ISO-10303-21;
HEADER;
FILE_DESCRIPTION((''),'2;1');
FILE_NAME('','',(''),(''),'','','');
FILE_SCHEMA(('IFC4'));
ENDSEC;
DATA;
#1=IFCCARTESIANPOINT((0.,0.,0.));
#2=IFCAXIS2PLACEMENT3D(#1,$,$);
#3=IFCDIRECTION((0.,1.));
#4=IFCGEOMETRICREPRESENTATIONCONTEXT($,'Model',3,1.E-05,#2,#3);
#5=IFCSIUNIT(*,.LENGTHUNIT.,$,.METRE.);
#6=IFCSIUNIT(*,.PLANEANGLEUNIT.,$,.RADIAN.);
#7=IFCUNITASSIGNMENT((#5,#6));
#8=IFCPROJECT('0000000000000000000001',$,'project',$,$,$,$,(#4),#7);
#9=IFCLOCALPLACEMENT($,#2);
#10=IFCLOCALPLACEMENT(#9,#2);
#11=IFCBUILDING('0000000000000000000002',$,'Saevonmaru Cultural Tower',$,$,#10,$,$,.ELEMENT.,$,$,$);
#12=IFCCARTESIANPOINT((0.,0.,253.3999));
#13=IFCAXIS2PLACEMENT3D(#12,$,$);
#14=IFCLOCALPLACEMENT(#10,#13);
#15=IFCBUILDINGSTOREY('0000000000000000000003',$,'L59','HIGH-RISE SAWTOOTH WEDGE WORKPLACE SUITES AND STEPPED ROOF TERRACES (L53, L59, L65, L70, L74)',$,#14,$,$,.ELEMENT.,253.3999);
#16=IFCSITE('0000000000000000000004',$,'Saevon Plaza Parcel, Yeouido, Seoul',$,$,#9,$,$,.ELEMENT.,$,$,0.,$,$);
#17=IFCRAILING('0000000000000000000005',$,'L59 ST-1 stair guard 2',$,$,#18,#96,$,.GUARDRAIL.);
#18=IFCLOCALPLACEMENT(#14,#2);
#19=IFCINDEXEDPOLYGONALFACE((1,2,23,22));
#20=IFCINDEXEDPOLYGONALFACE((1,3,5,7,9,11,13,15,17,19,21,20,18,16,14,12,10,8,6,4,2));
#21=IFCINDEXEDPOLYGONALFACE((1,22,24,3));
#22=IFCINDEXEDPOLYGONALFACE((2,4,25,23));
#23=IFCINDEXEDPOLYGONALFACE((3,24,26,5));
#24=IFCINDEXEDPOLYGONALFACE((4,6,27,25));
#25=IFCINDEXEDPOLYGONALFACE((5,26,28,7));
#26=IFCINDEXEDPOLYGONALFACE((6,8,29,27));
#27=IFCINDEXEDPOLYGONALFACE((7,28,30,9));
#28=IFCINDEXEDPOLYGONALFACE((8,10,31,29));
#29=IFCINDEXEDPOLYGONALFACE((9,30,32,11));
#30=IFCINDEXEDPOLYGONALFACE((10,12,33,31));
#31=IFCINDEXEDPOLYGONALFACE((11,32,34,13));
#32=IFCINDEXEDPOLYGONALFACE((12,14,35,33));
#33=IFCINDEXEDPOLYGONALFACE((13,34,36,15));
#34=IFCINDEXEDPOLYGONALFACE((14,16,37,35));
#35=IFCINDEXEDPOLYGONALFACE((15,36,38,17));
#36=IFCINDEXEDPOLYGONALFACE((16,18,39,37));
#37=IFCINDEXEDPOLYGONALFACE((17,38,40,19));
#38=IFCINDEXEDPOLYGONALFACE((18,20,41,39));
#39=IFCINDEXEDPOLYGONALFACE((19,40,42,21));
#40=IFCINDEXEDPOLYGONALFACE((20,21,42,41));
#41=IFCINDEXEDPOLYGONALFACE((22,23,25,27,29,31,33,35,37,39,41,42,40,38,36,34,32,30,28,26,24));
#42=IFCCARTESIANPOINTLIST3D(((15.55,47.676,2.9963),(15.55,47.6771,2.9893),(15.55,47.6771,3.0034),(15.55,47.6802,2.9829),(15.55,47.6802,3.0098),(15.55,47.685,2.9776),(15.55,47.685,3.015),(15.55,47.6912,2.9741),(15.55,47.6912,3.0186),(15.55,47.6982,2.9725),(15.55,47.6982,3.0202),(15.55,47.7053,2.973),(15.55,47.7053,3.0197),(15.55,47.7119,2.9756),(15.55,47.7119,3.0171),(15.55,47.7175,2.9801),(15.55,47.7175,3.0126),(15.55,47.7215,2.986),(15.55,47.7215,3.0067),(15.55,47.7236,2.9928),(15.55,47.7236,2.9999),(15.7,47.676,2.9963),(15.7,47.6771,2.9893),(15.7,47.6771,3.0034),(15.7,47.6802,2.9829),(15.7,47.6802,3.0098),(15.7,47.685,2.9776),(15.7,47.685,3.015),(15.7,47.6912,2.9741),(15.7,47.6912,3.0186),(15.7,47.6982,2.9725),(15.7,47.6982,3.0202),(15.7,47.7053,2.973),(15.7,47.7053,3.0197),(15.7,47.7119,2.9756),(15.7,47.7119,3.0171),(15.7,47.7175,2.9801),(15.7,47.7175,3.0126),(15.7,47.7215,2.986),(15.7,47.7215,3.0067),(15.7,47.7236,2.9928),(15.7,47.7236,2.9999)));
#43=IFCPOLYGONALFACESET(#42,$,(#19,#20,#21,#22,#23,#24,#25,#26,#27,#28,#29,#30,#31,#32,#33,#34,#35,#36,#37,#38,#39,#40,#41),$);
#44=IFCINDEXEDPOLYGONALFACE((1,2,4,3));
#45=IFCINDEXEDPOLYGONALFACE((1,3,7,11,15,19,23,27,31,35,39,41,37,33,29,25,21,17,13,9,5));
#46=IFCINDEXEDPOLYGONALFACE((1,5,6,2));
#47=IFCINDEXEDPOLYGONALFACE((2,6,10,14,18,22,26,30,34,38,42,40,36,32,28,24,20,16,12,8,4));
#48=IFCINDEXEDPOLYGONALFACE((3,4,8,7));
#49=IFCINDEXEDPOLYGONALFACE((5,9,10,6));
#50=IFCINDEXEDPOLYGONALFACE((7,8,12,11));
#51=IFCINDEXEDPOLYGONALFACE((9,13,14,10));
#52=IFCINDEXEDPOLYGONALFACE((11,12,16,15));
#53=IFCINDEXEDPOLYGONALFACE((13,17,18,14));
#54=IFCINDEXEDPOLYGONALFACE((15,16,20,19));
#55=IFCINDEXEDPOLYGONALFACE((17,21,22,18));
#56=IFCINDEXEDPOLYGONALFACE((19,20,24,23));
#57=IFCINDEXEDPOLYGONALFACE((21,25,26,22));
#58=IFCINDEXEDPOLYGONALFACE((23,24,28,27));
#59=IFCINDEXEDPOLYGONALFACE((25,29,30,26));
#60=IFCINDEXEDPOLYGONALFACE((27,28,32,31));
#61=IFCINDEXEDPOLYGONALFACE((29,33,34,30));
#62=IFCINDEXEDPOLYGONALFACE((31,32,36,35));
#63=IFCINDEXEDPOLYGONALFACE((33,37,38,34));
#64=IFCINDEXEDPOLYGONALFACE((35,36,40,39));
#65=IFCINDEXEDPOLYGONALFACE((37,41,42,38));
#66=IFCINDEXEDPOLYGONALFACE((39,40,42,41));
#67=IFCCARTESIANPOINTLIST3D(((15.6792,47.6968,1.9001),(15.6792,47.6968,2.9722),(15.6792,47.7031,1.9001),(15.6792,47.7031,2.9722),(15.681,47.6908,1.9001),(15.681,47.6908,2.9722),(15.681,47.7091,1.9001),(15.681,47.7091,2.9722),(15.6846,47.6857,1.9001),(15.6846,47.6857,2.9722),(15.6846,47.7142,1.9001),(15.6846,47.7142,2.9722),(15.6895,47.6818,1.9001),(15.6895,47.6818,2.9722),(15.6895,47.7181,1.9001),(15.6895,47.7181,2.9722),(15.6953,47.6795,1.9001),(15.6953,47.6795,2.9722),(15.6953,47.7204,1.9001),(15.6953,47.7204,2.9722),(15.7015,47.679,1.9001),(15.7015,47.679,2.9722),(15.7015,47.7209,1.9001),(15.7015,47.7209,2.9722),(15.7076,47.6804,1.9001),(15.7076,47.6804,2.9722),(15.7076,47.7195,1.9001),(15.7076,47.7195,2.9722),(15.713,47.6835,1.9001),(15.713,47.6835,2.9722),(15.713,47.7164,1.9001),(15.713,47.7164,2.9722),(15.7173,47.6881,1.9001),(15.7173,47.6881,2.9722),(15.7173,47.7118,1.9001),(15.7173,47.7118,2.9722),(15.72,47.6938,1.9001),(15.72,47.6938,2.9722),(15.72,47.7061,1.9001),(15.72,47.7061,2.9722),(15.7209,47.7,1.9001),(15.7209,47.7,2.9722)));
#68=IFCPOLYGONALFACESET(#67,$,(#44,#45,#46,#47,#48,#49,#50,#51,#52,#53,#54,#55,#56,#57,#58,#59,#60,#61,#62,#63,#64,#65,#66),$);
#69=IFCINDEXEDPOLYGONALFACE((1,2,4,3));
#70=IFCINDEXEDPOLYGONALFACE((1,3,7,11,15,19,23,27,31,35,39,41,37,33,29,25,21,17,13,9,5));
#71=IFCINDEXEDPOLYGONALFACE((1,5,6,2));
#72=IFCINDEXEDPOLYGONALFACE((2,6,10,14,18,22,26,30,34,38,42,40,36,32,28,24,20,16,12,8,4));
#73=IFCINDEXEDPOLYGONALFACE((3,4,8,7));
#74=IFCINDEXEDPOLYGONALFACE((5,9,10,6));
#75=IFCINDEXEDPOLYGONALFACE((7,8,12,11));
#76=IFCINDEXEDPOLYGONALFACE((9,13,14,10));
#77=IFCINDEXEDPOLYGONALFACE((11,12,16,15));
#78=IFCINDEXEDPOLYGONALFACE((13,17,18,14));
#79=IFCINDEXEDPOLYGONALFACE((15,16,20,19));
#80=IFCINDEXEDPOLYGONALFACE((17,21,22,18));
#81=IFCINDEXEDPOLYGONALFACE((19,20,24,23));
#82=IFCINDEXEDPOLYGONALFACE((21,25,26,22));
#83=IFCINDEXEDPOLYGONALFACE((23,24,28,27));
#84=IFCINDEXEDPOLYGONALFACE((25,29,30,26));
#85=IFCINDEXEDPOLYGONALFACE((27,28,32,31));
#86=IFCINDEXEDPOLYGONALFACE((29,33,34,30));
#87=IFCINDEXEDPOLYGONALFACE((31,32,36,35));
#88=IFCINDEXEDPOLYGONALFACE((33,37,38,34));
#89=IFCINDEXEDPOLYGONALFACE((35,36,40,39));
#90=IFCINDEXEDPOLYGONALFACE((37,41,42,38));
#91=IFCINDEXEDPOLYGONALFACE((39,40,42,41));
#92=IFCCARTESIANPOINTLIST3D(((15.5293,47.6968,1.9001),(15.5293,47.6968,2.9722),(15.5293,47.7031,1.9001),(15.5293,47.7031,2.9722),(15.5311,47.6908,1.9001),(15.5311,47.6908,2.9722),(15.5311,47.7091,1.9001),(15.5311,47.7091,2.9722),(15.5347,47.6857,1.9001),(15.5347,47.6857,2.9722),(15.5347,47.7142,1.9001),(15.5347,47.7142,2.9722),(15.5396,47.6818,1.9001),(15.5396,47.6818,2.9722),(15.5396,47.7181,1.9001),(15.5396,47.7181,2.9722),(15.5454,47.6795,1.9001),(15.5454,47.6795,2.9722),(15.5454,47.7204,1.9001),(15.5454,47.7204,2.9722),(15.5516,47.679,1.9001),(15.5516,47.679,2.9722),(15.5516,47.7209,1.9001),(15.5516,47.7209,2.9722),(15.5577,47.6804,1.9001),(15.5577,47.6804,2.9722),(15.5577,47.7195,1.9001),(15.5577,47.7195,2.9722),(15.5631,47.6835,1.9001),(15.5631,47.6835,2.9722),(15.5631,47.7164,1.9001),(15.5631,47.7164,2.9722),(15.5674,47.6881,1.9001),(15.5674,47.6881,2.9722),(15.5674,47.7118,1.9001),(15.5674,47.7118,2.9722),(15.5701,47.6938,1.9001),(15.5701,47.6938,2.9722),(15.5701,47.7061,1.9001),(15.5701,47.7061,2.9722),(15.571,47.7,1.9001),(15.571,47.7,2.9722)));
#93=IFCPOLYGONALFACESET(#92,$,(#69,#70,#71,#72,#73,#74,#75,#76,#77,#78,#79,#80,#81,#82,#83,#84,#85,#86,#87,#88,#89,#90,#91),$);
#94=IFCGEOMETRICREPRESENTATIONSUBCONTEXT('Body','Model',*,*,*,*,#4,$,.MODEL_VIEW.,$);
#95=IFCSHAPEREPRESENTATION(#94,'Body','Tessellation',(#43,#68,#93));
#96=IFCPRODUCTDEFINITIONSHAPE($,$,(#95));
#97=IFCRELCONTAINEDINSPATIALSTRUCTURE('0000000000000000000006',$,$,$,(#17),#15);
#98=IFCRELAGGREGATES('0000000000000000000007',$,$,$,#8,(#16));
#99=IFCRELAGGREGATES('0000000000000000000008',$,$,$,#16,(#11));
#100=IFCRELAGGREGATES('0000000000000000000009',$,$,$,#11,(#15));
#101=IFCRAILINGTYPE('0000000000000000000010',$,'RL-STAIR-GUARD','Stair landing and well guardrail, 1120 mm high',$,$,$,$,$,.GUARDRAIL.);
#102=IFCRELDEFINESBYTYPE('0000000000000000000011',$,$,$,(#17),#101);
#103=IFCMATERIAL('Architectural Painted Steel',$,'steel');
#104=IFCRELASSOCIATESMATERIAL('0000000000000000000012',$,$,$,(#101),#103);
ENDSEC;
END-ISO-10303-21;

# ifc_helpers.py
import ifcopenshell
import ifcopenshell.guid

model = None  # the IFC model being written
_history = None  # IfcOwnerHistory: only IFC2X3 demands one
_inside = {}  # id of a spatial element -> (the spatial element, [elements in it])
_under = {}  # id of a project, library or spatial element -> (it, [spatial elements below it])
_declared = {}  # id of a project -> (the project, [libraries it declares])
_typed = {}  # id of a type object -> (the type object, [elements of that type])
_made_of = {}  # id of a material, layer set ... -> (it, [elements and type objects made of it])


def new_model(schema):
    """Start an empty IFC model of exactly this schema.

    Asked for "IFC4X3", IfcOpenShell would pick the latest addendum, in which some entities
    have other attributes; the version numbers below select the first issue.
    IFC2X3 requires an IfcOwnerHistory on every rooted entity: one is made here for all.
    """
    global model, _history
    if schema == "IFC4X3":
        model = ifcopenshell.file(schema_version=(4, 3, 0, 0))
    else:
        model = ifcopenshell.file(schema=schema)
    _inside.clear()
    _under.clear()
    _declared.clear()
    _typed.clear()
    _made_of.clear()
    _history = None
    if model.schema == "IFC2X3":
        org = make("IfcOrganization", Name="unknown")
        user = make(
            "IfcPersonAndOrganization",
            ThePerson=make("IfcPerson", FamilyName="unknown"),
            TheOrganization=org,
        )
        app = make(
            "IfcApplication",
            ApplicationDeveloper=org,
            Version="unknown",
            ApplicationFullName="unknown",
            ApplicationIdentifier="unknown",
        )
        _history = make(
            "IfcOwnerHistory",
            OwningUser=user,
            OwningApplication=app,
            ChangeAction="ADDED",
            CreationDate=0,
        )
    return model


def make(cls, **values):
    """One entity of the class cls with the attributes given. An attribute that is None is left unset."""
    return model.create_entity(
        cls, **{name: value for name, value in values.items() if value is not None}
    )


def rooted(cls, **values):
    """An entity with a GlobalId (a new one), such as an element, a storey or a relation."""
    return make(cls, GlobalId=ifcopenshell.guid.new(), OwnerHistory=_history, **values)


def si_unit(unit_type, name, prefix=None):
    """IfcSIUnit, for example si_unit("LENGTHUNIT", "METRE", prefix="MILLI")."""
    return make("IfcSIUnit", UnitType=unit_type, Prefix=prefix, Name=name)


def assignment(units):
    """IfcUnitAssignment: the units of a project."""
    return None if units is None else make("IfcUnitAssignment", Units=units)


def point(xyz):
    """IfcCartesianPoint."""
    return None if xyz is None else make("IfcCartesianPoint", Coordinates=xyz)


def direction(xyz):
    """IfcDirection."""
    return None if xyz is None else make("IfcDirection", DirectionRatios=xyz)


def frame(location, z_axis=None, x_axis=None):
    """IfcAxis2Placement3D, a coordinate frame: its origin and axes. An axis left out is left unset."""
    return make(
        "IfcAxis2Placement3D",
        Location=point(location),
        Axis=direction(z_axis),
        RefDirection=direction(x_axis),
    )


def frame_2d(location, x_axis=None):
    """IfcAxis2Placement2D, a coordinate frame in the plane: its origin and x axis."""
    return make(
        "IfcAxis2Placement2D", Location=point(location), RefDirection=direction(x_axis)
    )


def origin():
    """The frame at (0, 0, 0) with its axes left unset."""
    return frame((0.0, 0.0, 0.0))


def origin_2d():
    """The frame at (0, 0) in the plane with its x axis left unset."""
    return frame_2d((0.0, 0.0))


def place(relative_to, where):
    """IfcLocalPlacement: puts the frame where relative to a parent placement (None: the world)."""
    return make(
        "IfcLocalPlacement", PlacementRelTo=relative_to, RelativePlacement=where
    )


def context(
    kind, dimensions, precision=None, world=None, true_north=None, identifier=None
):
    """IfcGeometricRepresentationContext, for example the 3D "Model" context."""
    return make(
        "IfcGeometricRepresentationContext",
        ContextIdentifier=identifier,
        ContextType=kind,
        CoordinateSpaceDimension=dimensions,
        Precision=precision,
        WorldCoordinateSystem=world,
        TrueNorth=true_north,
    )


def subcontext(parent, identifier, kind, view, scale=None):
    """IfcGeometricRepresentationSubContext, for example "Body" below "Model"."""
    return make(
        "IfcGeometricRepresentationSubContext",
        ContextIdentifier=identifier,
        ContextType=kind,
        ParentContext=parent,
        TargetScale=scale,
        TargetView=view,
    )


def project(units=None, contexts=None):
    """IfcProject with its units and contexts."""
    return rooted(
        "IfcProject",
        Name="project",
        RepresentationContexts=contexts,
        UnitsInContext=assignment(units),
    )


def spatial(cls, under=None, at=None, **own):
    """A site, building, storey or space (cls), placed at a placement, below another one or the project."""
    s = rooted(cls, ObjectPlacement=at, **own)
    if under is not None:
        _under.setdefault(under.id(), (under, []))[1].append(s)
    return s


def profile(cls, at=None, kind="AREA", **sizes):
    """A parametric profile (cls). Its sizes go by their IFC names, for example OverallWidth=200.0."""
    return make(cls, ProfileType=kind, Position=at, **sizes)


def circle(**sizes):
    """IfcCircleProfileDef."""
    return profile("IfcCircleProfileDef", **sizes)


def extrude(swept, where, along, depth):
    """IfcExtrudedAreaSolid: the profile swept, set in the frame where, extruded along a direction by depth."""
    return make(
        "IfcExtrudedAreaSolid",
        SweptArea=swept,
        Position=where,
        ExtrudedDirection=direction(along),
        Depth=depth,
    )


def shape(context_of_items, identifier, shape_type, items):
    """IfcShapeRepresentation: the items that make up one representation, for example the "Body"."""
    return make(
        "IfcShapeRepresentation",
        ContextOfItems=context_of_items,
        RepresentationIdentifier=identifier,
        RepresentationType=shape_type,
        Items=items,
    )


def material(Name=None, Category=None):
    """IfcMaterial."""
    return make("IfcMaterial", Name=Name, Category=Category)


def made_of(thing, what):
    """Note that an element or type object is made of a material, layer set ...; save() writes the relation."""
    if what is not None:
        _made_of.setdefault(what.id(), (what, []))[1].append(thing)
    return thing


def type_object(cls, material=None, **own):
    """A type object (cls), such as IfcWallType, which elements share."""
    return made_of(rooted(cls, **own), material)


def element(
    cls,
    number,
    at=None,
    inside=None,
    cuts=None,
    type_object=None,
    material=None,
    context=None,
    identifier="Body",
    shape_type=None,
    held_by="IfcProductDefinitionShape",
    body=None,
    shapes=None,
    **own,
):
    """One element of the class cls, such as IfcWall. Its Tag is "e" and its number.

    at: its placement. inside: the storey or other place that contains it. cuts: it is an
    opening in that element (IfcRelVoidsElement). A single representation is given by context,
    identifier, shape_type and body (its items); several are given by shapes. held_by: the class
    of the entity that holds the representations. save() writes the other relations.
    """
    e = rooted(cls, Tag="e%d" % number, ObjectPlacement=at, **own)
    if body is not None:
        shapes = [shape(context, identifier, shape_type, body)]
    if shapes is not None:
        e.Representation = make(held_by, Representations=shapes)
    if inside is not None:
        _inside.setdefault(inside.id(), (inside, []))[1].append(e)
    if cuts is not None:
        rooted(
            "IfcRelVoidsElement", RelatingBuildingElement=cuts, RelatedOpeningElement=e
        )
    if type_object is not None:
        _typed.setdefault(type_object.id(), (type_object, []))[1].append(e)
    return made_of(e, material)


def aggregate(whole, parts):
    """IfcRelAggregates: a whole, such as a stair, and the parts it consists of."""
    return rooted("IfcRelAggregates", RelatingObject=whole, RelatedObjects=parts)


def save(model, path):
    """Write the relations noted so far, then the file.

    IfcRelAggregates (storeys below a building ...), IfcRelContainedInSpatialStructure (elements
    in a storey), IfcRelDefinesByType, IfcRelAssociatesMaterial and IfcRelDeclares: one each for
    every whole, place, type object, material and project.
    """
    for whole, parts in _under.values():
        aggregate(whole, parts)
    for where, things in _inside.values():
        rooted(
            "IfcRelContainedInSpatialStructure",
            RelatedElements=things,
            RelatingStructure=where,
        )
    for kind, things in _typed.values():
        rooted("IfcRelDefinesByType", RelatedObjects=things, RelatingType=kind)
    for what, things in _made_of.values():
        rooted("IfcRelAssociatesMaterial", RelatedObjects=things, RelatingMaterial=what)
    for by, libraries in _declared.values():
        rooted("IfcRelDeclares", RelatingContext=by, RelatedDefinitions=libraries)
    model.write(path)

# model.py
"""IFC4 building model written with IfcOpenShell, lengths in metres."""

from ifc_helpers import new_model, si_unit, direction, frame, origin, origin_2d, place, context, subcontext, project, spatial, circle, extrude, material, type_object, element, save


model = new_model("IFC4")

# Units and contexts
model_context = context("Model", 3, precision=1e-05, world=origin(), true_north=direction((0.0, 1.0)))
body_context = subcontext(model_context, "Body", "Model", "MODEL_VIEW")
ifc_project = project(units=[si_unit("LENGTHUNIT", "METRE"), si_unit("PLANEANGLEUNIT", "RADIAN")], contexts=[model_context])

# Site, building, storey
site_placement = place(None, origin())
site = spatial("IfcSite", under=ifc_project, at=site_placement, Name="Saevon Plaza Parcel, Yeouido, Seoul", CompositionType="ELEMENT", RefElevation=0.0)
building_placement = place(site_placement, origin())
building = spatial("IfcBuilding", under=site, at=building_placement, Name="Saevonmaru Cultural Tower", CompositionType="ELEMENT")
storey_placement = place(building_placement, frame((0.0, 0.0, 253.3999)))
storey = spatial("IfcBuildingStorey", under=building, at=storey_placement, Name="L59", Description="HIGH-RISE SAWTOOTH WEDGE WORKPLACE SUITES AND STEPPED ROOF TERRACES (L53, L59, L65, L70, L74)", CompositionType="ELEMENT", Elevation=253.3999)

# Railing
ifc_material_1 = material(Name="Architectural Painted Steel", Category="steel")
railing_type_1 = type_object("IfcRailingType", Name="RL-STAIR-GUARD", Description="Stair landing and well guardrail, 1120 mm high", PredefinedType="GUARDRAIL", material=ifc_material_1)
railing_1_placement = place(storey_placement, frame((15.7, 47.7, 1.9001)))
element("IfcRailing", 1, at=railing_1_placement, inside=storey, type_object=railing_type_1, Name="L59 ST-1 stair guard 2", PredefinedType="GUARDRAIL", context=body_context, shape_type="SweptSolid", body=[
    extrude(circle(Radius=0.0239, at=origin_2d()), frame((0.0, 0.0, 1.0962), z_axis=(-1.0, 0.0, 0.0), x_axis=(0.0, -1.0, 0.0)), (0.0, 0.0, 1.0), 0.1499),
    extrude(circle(Radius=0.021, at=origin_2d()), origin(), (0.0, 0.0, 1.0), 1.072),
    extrude(circle(Radius=0.021, at=origin_2d()), frame((-0.1499, 0.0, 0.0)), (0.0, 0.0, 1.0), 1.072),
])

save(model, "model.ifc")
